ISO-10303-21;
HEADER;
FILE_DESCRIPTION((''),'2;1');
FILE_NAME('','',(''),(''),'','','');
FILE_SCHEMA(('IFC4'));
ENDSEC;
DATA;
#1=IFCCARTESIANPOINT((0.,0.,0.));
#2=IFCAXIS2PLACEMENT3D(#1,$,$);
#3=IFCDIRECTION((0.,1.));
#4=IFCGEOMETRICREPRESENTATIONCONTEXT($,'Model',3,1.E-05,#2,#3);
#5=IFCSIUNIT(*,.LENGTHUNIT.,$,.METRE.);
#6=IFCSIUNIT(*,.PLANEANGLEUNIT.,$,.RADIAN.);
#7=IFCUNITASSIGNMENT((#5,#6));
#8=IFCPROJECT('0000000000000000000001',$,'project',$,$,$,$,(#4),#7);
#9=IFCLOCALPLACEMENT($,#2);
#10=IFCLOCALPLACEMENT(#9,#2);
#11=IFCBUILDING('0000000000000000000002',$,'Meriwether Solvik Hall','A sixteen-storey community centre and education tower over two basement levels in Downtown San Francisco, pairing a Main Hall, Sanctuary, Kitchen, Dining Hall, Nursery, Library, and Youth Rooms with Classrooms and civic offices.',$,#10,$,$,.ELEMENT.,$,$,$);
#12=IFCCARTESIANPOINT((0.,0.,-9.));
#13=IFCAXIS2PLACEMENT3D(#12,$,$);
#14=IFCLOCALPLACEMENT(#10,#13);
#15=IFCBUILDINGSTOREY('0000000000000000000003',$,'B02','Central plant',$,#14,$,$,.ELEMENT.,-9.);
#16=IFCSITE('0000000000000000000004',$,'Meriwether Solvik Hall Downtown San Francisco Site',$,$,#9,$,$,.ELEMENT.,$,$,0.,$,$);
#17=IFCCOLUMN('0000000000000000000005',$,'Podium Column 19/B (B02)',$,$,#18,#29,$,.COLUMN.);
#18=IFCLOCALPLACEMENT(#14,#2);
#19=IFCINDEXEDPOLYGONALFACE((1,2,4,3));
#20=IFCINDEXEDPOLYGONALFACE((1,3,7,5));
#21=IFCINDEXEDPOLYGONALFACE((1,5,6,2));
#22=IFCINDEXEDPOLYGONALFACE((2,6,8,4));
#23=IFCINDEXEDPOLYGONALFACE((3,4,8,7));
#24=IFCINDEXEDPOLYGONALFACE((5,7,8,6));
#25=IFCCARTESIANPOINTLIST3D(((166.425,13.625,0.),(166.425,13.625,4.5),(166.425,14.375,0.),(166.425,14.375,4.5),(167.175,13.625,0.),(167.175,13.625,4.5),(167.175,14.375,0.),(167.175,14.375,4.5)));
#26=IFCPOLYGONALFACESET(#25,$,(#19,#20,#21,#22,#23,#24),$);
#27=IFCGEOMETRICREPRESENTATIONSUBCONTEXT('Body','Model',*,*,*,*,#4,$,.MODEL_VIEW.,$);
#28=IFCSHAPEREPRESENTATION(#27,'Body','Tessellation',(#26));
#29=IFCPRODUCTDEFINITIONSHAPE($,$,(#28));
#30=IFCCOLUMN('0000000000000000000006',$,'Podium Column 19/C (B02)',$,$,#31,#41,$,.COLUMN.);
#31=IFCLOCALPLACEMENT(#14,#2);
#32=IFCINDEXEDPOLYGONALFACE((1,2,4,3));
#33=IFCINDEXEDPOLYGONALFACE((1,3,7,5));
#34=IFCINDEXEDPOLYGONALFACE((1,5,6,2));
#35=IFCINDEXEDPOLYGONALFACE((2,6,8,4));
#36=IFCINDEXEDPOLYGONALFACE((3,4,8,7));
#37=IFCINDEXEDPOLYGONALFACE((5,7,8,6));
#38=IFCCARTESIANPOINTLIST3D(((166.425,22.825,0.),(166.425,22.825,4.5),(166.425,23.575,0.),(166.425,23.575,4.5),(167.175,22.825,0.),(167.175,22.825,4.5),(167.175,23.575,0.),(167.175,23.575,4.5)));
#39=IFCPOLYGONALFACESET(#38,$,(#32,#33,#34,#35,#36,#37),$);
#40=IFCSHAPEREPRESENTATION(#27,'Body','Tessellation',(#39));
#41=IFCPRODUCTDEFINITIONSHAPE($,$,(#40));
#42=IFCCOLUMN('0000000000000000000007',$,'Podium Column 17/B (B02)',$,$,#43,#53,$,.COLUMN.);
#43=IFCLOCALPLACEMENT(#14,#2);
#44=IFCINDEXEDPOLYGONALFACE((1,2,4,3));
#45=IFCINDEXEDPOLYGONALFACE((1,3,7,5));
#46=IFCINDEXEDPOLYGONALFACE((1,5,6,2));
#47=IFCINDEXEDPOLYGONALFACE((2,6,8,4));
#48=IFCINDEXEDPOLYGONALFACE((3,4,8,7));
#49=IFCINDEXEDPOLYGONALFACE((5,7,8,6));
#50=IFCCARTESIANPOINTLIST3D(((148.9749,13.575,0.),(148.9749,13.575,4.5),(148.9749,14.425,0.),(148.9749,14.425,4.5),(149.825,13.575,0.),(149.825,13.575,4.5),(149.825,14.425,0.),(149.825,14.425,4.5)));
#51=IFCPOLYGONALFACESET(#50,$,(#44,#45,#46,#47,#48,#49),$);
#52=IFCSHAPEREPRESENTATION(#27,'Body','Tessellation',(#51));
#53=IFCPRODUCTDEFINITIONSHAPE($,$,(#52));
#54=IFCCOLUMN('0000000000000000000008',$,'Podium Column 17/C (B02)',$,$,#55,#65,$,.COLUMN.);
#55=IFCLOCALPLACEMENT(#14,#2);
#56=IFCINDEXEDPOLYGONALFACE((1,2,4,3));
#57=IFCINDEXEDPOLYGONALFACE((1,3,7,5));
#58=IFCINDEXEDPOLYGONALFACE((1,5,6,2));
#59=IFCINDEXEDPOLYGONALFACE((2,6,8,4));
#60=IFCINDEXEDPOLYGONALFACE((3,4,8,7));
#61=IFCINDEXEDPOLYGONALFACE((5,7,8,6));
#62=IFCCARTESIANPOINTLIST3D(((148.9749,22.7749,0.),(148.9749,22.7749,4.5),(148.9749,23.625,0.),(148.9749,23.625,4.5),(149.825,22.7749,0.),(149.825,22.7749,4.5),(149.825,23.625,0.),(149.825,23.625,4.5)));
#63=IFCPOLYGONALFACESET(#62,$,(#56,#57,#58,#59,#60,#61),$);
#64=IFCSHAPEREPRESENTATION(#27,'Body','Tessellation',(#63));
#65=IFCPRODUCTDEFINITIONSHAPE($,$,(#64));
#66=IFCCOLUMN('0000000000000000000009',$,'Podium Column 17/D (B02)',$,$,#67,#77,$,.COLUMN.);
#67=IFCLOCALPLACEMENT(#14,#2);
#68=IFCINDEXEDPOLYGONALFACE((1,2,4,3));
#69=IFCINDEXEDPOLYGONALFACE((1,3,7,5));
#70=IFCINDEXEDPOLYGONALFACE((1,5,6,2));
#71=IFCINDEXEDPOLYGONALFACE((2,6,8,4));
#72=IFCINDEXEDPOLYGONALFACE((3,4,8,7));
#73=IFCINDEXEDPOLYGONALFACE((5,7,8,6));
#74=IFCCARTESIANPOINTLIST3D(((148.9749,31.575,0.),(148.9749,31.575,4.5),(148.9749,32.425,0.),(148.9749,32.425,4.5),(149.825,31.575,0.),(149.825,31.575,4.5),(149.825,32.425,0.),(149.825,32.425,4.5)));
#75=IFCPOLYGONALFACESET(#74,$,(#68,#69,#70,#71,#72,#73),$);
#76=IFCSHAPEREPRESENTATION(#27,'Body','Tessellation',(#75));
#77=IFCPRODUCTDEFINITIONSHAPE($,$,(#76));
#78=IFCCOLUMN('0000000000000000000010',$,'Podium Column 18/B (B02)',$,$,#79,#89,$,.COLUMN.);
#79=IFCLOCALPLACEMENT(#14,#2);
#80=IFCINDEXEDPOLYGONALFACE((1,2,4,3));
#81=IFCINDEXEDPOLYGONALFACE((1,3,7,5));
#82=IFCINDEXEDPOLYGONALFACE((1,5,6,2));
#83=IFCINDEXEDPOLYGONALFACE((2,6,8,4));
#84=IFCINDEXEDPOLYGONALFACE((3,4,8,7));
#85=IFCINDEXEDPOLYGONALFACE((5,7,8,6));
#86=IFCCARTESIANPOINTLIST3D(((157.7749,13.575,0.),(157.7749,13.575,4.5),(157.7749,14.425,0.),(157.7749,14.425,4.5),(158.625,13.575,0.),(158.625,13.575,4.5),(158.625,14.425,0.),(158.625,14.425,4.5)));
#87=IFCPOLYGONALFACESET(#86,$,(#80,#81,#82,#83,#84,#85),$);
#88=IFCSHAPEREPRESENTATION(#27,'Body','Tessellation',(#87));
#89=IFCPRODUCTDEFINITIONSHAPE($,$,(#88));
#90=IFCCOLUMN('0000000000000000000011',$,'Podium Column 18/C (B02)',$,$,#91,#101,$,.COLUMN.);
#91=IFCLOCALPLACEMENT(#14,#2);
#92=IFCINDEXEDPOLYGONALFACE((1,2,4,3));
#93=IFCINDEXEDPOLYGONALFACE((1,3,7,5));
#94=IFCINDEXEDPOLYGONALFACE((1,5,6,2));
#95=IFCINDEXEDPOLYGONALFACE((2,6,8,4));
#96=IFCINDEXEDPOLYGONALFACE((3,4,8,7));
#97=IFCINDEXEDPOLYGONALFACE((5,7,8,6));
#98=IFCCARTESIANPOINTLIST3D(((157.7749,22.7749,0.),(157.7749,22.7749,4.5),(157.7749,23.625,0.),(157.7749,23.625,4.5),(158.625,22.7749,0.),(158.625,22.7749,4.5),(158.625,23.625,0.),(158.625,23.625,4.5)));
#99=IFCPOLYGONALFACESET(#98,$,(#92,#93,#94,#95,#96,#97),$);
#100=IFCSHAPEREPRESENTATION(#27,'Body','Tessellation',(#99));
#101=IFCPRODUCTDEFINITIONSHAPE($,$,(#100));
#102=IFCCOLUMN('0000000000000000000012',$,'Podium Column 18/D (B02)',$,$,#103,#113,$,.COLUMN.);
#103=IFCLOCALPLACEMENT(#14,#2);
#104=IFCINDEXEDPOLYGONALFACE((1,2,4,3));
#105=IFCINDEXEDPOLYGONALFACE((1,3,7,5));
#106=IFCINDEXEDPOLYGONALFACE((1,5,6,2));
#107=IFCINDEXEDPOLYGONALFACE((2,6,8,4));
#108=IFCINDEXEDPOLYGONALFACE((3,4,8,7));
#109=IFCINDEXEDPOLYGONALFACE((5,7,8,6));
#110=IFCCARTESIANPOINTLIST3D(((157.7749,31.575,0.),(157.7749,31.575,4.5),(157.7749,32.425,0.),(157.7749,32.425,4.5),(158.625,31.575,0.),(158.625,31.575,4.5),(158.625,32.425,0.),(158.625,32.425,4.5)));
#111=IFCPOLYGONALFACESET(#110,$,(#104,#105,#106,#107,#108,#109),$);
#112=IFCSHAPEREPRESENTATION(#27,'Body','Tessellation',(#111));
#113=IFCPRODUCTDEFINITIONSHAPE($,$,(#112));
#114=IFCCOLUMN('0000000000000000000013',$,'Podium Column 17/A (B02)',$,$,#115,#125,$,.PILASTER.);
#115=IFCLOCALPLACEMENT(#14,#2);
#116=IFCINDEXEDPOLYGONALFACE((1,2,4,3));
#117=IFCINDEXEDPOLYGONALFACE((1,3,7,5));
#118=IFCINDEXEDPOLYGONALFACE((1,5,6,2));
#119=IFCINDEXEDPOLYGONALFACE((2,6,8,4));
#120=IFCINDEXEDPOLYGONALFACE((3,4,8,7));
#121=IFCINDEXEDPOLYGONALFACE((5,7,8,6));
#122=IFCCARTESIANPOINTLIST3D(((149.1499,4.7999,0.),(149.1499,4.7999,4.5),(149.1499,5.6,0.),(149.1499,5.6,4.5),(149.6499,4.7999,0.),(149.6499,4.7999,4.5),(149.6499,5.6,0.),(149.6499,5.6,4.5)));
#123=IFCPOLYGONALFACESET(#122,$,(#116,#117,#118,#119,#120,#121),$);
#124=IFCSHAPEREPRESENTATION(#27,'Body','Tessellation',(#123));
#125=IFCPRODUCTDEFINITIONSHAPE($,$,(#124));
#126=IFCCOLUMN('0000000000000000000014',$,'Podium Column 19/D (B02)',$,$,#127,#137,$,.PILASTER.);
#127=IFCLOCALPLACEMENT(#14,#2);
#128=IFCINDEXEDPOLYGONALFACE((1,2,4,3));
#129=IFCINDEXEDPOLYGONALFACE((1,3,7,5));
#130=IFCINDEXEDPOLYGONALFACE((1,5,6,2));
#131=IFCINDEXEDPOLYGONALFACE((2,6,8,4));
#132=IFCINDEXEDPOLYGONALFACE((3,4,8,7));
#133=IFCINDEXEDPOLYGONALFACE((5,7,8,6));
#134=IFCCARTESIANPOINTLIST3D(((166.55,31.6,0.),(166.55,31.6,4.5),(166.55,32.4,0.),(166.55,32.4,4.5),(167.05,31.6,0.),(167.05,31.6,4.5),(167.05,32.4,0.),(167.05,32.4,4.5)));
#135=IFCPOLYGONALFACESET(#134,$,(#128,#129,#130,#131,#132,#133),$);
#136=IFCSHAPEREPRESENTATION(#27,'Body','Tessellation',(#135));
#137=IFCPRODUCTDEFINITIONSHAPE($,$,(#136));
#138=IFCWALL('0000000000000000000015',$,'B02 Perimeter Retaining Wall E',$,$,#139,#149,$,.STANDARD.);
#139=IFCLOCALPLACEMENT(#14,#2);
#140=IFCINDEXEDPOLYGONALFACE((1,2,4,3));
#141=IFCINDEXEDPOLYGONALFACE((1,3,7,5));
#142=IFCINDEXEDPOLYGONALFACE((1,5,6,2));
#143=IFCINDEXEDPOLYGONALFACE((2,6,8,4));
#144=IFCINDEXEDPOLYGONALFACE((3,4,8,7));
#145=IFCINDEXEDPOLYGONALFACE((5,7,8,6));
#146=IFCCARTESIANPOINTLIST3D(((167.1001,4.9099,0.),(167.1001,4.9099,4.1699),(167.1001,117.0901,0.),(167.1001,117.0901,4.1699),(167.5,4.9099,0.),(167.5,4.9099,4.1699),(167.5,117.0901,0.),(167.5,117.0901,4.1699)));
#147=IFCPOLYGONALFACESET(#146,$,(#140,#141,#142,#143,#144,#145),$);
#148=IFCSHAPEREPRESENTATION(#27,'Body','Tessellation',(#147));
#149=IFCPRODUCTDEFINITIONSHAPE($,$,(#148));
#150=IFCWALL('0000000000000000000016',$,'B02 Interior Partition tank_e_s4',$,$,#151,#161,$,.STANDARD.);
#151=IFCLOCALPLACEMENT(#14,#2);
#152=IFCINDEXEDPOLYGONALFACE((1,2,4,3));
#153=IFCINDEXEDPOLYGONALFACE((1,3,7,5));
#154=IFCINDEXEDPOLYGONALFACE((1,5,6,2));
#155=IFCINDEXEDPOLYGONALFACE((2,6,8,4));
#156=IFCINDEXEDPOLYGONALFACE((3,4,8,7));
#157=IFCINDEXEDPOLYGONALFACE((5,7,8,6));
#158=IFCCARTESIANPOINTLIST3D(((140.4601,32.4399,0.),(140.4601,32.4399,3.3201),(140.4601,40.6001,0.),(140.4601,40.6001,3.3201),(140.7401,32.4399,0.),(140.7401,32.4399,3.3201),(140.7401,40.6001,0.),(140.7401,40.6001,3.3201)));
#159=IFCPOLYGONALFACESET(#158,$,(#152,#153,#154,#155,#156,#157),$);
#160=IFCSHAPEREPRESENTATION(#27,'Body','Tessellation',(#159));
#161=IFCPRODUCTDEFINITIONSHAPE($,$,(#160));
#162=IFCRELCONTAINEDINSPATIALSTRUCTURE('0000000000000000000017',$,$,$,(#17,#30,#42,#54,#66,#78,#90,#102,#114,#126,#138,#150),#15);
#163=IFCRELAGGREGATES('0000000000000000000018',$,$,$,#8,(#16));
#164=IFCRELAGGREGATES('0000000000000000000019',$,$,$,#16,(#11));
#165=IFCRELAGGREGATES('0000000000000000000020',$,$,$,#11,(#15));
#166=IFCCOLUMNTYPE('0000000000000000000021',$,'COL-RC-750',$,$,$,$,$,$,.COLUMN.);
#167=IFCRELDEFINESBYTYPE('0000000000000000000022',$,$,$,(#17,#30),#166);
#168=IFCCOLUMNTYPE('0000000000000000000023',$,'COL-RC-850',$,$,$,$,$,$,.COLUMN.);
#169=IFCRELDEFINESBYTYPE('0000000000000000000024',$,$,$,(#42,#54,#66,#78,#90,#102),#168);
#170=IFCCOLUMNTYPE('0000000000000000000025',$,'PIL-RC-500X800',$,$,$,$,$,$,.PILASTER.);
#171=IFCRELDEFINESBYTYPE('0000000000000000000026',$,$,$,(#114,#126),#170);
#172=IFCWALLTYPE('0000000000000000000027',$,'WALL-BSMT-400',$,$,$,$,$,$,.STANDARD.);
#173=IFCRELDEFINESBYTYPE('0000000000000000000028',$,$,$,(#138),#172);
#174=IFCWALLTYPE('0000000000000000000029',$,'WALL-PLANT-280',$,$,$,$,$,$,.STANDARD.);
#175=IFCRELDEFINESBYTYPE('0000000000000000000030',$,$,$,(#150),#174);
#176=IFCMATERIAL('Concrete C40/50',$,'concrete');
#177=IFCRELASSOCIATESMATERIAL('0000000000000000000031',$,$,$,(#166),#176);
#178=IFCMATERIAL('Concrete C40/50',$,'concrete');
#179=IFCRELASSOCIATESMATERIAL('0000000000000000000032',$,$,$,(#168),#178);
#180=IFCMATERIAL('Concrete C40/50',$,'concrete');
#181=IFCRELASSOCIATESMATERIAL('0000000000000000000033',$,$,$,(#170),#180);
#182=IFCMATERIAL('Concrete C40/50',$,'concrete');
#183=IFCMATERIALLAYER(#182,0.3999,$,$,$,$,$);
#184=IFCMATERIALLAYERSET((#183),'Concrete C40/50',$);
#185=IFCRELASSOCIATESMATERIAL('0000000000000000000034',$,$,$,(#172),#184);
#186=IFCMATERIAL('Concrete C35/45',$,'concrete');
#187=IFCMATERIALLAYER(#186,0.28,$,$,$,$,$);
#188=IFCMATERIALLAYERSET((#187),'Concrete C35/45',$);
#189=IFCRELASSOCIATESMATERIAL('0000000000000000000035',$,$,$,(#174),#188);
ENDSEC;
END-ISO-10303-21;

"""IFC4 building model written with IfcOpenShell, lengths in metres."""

from ifc_helpers import new_model, si_unit, direction, frame, frame_2d, origin, origin_2d, place, context, subcontext, project, spatial, rectangle, extrude, material, layer, layer_set, material_profile, profile_set, type_object, element, save


model = new_model("IFC4")

# Units and contexts
model_context = context("Model", 3, precision=1e-05, world=origin(), true_north=direction((0.0, 1.0)))
body_context = subcontext(model_context, "Body", "Model", "MODEL_VIEW")
ifc_project = project(units=[si_unit("LENGTHUNIT", "METRE"), si_unit("PLANEANGLEUNIT", "RADIAN")], contexts=[model_context])

# Site, building, storey
site_placement = place(None, origin())
site = spatial("IfcSite", under=ifc_project, at=site_placement, Name="Meriwether Solvik Hall Downtown San Francisco Site", CompositionType="ELEMENT", RefElevation=0.0)
building_placement = place(site_placement, origin())
building = spatial("IfcBuilding", under=site, at=building_placement, Name="Meriwether Solvik Hall", Description="A sixteen-storey community centre and education tower over two basement levels in Downtown San Francisco, pairing a Main Hall, Sanctuary, Kitchen, Dining Hall, Nursery, Library, and Youth Rooms with Classrooms and civic offices.", CompositionType="ELEMENT")
storey_placement = place(building_placement, frame((0.0, 0.0, -9.0)))
storey = spatial("IfcBuildingStorey", under=building, at=storey_placement, Name="B02", Description="Central plant", CompositionType="ELEMENT", Elevation=-9.0)

# Columns
ifc_material_1 = material(Name="Concrete C40/50", Category="concrete")
ifc_material_profile_1 = material_profile(ifc_material_1, rectangle(XDim=0.75, YDim=0.75, at=origin_2d()), Name="RCC-750X750")
ifc_profile_set_1 = profile_set([ifc_material_profile_1], Name="Concrete C40/50")
column_type_1 = type_object("IfcColumnType", Name="COL-RC-750", PredefinedType="COLUMN", material=ifc_profile_set_1)
for number, where, z_axis, x_axis, name in (
    (1, (166.8, 14.0, 0.0), (0.0, 0.0, 1.0), (1.0, 0.0, 0.0), "Podium Column 19/B (B02)"),
    (2, (166.8, 23.2, 0.0), (0.0, 0.0, 1.0), (1.0, 0.0, 0.0), "Podium Column 19/C (B02)"),
):
    element("IfcColumn", number, at=place(storey_placement, frame(where, z_axis=z_axis, x_axis=x_axis)), inside=storey, type_object=column_type_1, Name=name, PredefinedType="COLUMN", context=body_context, shape_type="SweptSolid", body=[
        extrude(rectangle(XDim=0.75, YDim=0.75, at=origin_2d()), origin(), (0.0, 0.0, 1.0), 4.5),
    ])
ifc_material_2 = material(Name="Concrete C40/50", Category="concrete")
ifc_material_profile_2 = material_profile(ifc_material_2, rectangle(XDim=0.8501, YDim=0.8501, at=origin_2d()), Name="RCC-850X850")
ifc_profile_set_2 = profile_set([ifc_material_profile_2], Name="Concrete C40/50")
column_type_2 = type_object("IfcColumnType", Name="COL-RC-850", PredefinedType="COLUMN", material=ifc_profile_set_2)
for number, where, z_axis, x_axis, name in (
    (3, (149.3999, 14.0, 0.0), (0.0, 0.0, 1.0), (1.0, 0.0, 0.0), "Podium Column 17/B (B02)"),
    (4, (149.3999, 23.2, 0.0), (0.0, 0.0, 1.0), (1.0, 0.0, 0.0), "Podium Column 17/C (B02)"),
    (5, (149.3999, 32.0, 0.0), (0.0, 0.0, 1.0), (1.0, 0.0, 0.0), "Podium Column 17/D (B02)"),
    (6, (158.2, 14.0, 0.0), (0.0, 0.0, 1.0), (1.0, 0.0, 0.0), "Podium Column 18/B (B02)"),
    (7, (158.2, 23.2, 0.0), (0.0, 0.0, 1.0), (1.0, 0.0, 0.0), "Podium Column 18/C (B02)"),
    (8, (158.2, 32.0, 0.0), (0.0, 0.0, 1.0), (1.0, 0.0, 0.0), "Podium Column 18/D (B02)"),
):
    element("IfcColumn", number, at=place(storey_placement, frame(where, z_axis=z_axis, x_axis=x_axis)), inside=storey, type_object=column_type_2, Name=name, PredefinedType="COLUMN", context=body_context, shape_type="SweptSolid", body=[
        extrude(rectangle(XDim=0.8501, YDim=0.8501, at=origin_2d()), origin(), (0.0, 0.0, 1.0), 4.5),
    ])
ifc_material_3 = material(Name="Concrete C40/50", Category="concrete")
ifc_material_profile_3 = material_profile(ifc_material_3, rectangle(XDim=0.5, YDim=0.8, at=origin_2d()), Name="RCP-500X800")
ifc_profile_set_3 = profile_set([ifc_material_profile_3], Name="Concrete C40/50")
column_type_3 = type_object("IfcColumnType", Name="PIL-RC-500X800", PredefinedType="PILASTER", material=ifc_profile_set_3)
for number, where, z_axis, x_axis, name in (
    (9, (149.3999, 5.2, 0.0), (0.0, 0.0, 1.0), (1.0, 0.0, 0.0), "Podium Column 17/A (B02)"),
    (10, (166.8, 32.0, 0.0), (0.0, 0.0, 1.0), (1.0, 0.0, 0.0), "Podium Column 19/D (B02)"),
):
    element("IfcColumn", number, at=place(storey_placement, frame(where, z_axis=z_axis, x_axis=x_axis)), inside=storey, type_object=column_type_3, Name=name, PredefinedType="PILASTER", context=body_context, shape_type="SweptSolid", body=[
        extrude(rectangle(XDim=0.5, YDim=0.8, at=origin_2d()), origin(), (0.0, 0.0, 1.0), 4.5),
    ])

# Walls
ifc_material_4 = material(Name="Concrete C40/50", Category="concrete")
ifc_layer_1 = layer(ifc_material_4, 0.3999)
ifc_layer_set_1 = layer_set([ifc_layer_1], Name="Concrete C40/50")
wall_type_1 = type_object("IfcWallType", Name="WALL-BSMT-400", PredefinedType="STANDARD", material=ifc_layer_set_1)
wall_1_placement = place(storey_placement, frame((167.3, 4.9099, 0.0), z_axis=(0.0, 0.0, 1.0), x_axis=(0.0, 1.0, 0.0)))
element("IfcWall", 11, at=wall_1_placement, inside=storey, type_object=wall_type_1, Name="B02 Perimeter Retaining Wall E", PredefinedType="STANDARD", context=body_context, shape_type="SweptSolid", body=[
    extrude(rectangle(XDim=112.1802, YDim=0.3999, at=frame_2d((56.0901, 0.0))), origin(), (0.0, 0.0, 1.0), 4.1699),
])
ifc_material_5 = material(Name="Concrete C35/45", Category="concrete")
ifc_layer_2 = layer(ifc_material_5, 0.28)
ifc_layer_set_2 = layer_set([ifc_layer_2], Name="Concrete C35/45")
wall_type_2 = type_object("IfcWallType", Name="WALL-PLANT-280", PredefinedType="STANDARD", material=ifc_layer_set_2)
wall_2_placement = place(storey_placement, frame((140.6001, 32.4399, 0.0), z_axis=(0.0, 0.0, 1.0), x_axis=(0.0, 1.0, 0.0)))
element("IfcWall", 12, at=wall_2_placement, inside=storey, type_object=wall_type_2, Name="B02 Interior Partition tank_e_s4", PredefinedType="STANDARD", context=body_context, shape_type="SweptSolid", body=[
    extrude(rectangle(XDim=8.1602, YDim=0.28, at=frame_2d((4.0801, 0.0))), origin(), (0.0, 0.0, 1.0), 3.3201),
])

save(model, "model.ifc")
